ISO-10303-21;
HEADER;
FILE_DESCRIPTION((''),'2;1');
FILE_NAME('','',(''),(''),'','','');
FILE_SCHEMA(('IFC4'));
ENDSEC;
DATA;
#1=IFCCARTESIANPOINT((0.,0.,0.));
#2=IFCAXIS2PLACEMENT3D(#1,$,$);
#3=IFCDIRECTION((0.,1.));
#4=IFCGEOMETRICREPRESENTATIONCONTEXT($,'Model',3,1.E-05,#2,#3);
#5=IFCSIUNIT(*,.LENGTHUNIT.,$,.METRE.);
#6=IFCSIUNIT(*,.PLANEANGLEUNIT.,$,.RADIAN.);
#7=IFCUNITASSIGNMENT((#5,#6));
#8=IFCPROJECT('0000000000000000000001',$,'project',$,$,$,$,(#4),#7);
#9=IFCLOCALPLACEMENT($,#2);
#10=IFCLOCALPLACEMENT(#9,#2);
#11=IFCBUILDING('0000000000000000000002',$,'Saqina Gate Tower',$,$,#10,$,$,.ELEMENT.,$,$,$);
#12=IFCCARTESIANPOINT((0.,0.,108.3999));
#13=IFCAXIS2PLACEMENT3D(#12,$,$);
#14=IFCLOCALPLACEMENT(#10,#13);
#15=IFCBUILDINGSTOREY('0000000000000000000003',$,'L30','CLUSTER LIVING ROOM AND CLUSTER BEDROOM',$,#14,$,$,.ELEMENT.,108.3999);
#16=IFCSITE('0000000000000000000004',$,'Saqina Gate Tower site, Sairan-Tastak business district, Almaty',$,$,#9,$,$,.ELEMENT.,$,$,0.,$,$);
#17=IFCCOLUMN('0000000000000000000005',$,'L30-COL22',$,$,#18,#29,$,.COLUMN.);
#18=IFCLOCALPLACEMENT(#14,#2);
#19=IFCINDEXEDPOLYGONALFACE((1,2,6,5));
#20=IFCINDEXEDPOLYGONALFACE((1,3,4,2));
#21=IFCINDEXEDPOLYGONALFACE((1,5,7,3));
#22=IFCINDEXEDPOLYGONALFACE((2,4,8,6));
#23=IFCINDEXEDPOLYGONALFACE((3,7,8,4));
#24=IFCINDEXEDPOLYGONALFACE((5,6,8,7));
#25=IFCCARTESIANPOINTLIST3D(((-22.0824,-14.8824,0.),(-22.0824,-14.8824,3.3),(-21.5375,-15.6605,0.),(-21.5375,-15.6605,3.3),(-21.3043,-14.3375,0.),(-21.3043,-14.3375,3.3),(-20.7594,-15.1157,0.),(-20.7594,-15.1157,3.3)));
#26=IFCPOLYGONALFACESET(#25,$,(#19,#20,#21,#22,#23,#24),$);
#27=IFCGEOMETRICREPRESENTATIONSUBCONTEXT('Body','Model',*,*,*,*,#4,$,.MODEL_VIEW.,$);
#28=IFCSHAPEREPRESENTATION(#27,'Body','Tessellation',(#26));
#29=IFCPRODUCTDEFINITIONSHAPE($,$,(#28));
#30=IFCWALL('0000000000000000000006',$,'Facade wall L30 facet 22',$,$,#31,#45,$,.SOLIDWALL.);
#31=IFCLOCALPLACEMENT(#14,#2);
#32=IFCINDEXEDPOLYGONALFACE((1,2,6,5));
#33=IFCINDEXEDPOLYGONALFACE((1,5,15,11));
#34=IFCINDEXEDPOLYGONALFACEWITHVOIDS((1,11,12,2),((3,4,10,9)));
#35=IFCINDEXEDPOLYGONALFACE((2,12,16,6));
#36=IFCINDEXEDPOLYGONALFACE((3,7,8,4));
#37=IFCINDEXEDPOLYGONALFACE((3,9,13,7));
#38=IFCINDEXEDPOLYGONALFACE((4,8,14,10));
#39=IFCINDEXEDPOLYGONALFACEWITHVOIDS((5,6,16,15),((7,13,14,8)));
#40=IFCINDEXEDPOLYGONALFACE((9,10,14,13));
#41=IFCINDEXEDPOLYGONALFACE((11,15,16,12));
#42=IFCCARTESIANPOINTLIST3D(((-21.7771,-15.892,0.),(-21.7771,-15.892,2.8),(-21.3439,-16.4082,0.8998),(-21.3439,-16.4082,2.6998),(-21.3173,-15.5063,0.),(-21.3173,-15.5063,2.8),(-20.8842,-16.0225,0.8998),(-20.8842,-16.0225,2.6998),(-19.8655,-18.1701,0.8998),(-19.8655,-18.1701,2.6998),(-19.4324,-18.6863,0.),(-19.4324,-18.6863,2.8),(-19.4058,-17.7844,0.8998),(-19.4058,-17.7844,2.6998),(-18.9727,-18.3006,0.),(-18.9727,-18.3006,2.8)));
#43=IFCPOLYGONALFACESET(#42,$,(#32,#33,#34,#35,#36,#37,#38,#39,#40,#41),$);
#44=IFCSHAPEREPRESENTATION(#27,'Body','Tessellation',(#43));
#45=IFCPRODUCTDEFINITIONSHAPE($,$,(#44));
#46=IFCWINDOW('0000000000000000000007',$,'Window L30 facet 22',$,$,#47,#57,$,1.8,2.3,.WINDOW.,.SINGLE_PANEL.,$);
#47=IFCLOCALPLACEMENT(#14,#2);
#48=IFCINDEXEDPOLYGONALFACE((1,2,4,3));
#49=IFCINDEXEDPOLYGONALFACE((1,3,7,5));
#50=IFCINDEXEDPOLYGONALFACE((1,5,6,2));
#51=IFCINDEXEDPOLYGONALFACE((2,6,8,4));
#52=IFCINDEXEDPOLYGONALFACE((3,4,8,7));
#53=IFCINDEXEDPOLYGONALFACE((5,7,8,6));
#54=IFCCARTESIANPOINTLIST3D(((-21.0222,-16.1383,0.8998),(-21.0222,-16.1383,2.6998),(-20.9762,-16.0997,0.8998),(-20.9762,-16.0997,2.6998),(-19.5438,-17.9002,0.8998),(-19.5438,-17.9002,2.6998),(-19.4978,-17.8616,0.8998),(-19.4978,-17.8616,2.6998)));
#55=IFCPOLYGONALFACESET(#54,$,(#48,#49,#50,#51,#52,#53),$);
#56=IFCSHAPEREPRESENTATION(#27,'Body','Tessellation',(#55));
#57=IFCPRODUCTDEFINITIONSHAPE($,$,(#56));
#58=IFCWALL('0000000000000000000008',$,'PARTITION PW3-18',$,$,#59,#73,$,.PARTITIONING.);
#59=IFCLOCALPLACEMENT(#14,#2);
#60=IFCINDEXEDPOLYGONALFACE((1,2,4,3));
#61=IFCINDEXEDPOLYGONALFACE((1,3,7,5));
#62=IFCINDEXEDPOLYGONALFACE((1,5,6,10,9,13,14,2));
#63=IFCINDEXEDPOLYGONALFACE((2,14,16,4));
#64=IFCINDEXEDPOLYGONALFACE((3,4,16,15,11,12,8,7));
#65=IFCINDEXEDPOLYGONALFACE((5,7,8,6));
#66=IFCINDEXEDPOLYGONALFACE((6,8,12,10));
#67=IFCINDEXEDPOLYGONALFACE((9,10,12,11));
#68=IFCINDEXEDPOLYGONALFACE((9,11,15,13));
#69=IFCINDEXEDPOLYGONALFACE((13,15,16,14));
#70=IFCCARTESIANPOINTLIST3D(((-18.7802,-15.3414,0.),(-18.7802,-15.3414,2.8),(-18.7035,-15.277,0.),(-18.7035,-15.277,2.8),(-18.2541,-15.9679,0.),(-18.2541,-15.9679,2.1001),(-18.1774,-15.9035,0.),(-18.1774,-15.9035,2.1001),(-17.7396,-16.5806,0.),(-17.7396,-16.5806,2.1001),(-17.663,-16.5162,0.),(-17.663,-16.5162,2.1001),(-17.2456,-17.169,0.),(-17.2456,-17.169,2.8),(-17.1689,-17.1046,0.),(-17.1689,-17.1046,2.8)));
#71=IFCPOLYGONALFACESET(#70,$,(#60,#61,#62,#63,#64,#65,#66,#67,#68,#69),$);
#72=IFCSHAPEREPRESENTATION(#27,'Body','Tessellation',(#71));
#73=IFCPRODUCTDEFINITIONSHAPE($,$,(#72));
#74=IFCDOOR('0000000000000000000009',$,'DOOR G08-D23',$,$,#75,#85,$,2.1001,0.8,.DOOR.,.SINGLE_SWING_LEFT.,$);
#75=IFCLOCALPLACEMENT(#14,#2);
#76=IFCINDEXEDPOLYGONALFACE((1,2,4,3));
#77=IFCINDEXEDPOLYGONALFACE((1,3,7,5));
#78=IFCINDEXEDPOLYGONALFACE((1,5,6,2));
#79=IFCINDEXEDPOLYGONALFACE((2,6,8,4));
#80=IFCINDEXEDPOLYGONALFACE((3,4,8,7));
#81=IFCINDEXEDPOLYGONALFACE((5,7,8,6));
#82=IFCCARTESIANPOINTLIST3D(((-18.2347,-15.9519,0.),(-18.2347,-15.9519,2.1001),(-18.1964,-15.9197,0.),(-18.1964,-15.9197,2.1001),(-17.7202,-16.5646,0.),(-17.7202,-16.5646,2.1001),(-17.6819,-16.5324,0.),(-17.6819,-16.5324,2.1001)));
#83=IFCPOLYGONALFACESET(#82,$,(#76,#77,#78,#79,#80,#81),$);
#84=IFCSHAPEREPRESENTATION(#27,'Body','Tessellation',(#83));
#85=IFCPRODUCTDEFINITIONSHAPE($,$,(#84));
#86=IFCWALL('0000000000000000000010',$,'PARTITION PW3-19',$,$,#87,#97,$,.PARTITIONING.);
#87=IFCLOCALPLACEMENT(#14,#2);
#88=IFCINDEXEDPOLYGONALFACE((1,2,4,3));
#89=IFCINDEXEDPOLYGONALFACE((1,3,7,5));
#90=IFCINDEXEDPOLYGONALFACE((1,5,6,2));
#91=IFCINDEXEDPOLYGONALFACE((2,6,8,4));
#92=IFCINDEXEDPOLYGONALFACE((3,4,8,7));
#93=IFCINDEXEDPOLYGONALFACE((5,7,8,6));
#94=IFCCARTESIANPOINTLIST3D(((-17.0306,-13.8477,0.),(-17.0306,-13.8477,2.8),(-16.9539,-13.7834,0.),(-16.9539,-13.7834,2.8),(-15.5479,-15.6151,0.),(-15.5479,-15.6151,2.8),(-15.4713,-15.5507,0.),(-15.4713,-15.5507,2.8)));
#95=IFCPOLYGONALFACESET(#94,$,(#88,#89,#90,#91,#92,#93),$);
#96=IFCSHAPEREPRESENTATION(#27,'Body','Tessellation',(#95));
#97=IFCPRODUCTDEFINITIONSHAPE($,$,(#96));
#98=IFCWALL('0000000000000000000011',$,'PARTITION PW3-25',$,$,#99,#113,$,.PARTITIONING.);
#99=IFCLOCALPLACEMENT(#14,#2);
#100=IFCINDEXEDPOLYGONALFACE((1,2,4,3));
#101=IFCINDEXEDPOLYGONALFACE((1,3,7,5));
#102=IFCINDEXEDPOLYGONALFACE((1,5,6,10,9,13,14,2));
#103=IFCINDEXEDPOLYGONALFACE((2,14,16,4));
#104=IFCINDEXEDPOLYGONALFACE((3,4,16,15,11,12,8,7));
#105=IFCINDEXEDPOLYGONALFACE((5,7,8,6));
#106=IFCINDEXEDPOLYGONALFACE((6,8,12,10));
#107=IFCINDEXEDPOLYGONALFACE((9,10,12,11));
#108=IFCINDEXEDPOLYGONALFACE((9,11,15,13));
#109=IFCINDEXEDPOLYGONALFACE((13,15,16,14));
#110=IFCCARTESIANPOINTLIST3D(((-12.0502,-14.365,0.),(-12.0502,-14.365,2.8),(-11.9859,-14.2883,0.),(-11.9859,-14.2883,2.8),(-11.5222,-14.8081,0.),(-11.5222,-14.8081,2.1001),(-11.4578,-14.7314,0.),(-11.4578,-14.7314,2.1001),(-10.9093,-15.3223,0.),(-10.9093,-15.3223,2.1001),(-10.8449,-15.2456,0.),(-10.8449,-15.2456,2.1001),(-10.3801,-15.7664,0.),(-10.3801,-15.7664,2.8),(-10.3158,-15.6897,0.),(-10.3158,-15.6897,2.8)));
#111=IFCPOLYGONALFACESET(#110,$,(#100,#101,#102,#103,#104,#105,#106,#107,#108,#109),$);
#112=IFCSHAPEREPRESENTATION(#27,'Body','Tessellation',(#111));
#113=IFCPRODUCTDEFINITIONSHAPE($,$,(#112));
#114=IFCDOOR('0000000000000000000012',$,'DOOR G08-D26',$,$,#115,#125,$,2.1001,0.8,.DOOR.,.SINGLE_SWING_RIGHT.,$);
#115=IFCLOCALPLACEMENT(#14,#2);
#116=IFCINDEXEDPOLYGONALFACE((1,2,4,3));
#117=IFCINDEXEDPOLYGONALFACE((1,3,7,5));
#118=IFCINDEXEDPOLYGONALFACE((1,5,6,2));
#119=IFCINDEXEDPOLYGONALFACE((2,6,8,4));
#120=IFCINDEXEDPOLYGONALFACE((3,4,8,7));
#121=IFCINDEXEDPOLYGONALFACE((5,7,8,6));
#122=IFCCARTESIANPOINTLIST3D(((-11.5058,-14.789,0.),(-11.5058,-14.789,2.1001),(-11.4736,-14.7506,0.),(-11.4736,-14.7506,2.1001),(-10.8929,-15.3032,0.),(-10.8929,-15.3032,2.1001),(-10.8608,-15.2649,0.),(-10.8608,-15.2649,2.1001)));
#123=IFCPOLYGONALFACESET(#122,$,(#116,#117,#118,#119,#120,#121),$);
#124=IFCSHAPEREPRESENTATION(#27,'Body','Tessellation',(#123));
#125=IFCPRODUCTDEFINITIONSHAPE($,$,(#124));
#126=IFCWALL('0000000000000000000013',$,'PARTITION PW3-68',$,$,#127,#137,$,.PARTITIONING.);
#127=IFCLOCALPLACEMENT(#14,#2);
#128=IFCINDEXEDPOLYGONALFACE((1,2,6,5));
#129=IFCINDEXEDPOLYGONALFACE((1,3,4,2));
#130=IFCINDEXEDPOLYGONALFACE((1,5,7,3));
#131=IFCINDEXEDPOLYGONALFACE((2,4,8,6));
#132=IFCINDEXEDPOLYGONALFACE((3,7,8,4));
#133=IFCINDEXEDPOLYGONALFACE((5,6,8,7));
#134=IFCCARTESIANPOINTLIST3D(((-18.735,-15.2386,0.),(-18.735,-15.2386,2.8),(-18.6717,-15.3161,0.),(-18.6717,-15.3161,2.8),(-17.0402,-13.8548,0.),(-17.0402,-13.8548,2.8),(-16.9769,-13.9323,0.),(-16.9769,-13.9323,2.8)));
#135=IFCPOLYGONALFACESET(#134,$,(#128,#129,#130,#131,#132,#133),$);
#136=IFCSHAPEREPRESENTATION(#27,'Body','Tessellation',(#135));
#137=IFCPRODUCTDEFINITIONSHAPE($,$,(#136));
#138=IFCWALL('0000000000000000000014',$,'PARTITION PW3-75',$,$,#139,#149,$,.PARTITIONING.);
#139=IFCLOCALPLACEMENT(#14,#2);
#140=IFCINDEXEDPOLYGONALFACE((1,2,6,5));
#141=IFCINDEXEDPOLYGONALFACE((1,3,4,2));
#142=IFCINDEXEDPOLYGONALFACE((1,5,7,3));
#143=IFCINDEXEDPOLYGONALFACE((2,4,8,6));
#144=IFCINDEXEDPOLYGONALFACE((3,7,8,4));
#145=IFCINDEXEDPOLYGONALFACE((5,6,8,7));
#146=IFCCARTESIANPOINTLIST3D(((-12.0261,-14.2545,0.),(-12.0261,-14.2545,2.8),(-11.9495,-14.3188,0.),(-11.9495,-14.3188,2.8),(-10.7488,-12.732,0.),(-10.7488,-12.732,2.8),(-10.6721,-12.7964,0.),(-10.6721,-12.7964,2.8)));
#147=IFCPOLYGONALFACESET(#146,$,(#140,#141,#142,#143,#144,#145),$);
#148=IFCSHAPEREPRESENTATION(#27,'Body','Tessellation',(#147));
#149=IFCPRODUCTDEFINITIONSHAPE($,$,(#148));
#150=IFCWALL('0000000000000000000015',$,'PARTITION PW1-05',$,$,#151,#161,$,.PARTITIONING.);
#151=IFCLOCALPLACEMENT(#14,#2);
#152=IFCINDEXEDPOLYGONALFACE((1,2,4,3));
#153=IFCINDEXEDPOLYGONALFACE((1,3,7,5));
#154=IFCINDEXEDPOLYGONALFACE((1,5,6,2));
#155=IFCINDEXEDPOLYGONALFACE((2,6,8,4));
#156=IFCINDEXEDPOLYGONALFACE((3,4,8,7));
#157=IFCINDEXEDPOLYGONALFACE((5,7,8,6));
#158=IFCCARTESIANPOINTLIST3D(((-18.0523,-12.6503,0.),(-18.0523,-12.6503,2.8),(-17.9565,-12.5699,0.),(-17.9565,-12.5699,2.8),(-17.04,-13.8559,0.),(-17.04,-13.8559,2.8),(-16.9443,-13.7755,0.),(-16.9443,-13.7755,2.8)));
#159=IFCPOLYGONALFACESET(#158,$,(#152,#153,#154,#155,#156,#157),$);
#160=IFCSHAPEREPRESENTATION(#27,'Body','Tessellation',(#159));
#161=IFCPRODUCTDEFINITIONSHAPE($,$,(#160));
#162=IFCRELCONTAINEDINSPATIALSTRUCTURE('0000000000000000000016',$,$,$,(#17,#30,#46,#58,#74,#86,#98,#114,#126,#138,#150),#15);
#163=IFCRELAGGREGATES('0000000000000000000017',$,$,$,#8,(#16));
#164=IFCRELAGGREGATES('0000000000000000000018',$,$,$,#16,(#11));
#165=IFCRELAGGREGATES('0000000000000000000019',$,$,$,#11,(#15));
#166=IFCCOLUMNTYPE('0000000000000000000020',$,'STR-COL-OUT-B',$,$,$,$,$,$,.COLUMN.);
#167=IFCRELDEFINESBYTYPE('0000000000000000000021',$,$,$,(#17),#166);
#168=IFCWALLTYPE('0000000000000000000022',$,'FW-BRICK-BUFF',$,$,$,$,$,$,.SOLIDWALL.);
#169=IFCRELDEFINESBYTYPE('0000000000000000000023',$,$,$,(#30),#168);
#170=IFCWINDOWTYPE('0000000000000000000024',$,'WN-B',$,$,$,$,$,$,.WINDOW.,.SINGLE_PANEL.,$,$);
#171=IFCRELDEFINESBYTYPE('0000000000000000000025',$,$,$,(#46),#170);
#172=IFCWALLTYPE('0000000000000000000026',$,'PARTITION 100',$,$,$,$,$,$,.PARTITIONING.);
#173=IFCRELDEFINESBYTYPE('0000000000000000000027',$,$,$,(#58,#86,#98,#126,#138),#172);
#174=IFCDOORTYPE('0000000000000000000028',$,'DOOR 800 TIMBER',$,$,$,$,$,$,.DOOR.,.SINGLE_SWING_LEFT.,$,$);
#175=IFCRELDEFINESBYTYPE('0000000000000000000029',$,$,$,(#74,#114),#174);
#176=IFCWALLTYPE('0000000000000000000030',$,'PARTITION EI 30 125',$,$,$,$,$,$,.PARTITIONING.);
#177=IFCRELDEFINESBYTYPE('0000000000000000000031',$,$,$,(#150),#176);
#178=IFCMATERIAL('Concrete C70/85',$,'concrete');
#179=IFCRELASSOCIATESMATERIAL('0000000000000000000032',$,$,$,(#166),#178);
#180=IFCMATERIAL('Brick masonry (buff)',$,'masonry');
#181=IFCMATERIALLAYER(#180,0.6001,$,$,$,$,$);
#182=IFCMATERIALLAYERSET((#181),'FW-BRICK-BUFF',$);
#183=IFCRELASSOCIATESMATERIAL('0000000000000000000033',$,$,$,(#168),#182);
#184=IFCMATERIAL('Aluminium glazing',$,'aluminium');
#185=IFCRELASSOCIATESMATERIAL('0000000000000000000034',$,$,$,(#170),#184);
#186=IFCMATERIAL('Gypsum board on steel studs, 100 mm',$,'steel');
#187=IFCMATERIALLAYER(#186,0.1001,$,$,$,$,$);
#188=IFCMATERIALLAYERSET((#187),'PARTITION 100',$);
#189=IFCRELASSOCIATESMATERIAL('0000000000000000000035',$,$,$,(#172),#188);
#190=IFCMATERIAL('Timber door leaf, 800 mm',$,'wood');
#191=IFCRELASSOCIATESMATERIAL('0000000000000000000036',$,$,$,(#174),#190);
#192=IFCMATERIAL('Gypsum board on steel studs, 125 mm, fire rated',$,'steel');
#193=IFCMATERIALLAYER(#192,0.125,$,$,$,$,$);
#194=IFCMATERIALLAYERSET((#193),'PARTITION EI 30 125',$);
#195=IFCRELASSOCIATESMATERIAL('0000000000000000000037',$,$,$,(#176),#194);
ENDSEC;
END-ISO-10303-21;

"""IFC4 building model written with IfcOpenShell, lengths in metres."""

from ifc_helpers import new_model, si_unit, direction, frame, frame_2d, origin, origin_2d, place, context, subcontext, project, spatial, rectangle, extrude, material, layer, layer_set, material_profile, profile_set, type_object, element, fill, save


model = new_model("IFC4")

# Units and contexts
model_context = context("Model", 3, precision=1e-05, world=origin(), true_north=direction((0.0, 1.0)))
body_context = subcontext(model_context, "Body", "Model", "MODEL_VIEW")
ifc_project = project(units=[si_unit("LENGTHUNIT", "METRE"), si_unit("PLANEANGLEUNIT", "RADIAN")], contexts=[model_context])

# Site, building, storey
site_placement = place(None, origin())
site = spatial("IfcSite", under=ifc_project, at=site_placement, Name="Saqina Gate Tower site, Sairan-Tastak business district, Almaty", CompositionType="ELEMENT", RefElevation=0.0)
building_placement = place(site_placement, origin())
building = spatial("IfcBuilding", under=site, at=building_placement, Name="Saqina Gate Tower", CompositionType="ELEMENT")
storey_placement = place(building_placement, frame((0.0, 0.0, 108.3999)))
storey = spatial("IfcBuildingStorey", under=building, at=storey_placement, Name="L30", Description="CLUSTER LIVING ROOM AND CLUSTER BEDROOM", CompositionType="ELEMENT", Elevation=108.3999)

# Column
ifc_material_1 = material(Name="Concrete C70/85", Category="concrete")
ifc_material_profile = material_profile(ifc_material_1, rectangle(XDim=0.95, YDim=0.95, at=origin_2d()), Name="RC 950x950")
ifc_profile_set = profile_set([ifc_material_profile], Name="Concrete C70/85")
column_type = type_object("IfcColumnType", Name="STR-COL-OUT-B", PredefinedType="COLUMN", material=ifc_profile_set)
column_placement = place(storey_placement, frame((-21.4209, -14.999, 0.0), z_axis=(0.0, 0.0, 1.0), x_axis=(-0.819152, -0.573576, 0.0)))
element("IfcColumn", 1, at=column_placement, inside=storey, type_object=column_type, Name="L30-COL22", PredefinedType="COLUMN", context=body_context, shape_type="SweptSolid", body=[
    extrude(rectangle(XDim=0.95, YDim=0.95, at=origin_2d()), origin(), (0.0, 0.0, 1.0), 3.3),
])

# Wall, opening, window
ifc_material_2 = material(Name="Brick masonry (buff)", Category="masonry")
ifc_layer_1 = layer(ifc_material_2, 0.6001)
ifc_layer_set_1 = layer_set([ifc_layer_1], Name="FW-BRICK-BUFF")
wall_type_1 = type_object("IfcWallType", Name="FW-BRICK-BUFF", PredefinedType="SOLIDWALL", material=ifc_layer_set_1)
wall_1_placement = place(storey_placement, frame((-21.5471, -15.6992, 0.0), z_axis=(0.0, 0.0, 1.0), x_axis=(0.642774, -0.766055, 0.0)))
wall_1 = element("IfcWall", 2, at=wall_1_placement, inside=storey, type_object=wall_type_1, Name="Facade wall L30 facet 22", PredefinedType="SOLIDWALL", context=body_context, shape_type="SweptSolid", body=[
    extrude(rectangle(XDim=3.6477, YDim=0.6001, at=frame_2d((1.8237, 0.0))), origin(), (0.0, 0.0, 1.0), 2.8),
])
opening_1_placement = place(wall_1_placement, frame((0.6738, 0.0, 0.8999)))
opening_1 = element("IfcOpeningElement", 3, at=opening_1_placement, cuts=wall_1, PredefinedType="OPENING", context=body_context, shape_type="SweptSolid", body=[
    extrude(rectangle(XDim=2.3, YDim=1.8, at=frame_2d((1.1499, 0.8999))), frame((0.0, 0.312, 0.0), z_axis=(0.0, -1.0, 0.0), x_axis=(1.0, 0.0, 0.0)), (0.0, 0.0, 1.0), 0.624),
])
ifc_material_3 = material(Name="Aluminium glazing", Category="aluminium")
window_type = type_object("IfcWindowType", Name="WN-B", PartitioningType="SINGLE_PANEL", PredefinedType="WINDOW", material=ifc_material_3)
window_placement = place(opening_1_placement, origin())
window = element("IfcWindow", 4, at=window_placement, inside=storey, type_object=window_type, Name="Window L30 facet 22", OverallHeight=1.8, OverallWidth=2.3, PartitioningType="SINGLE_PANEL", PredefinedType="WINDOW", context=body_context, shape_type="SweptSolid", body=[
    extrude(rectangle(XDim=2.3, YDim=1.8, at=frame_2d((1.1499, 0.8999))), frame((0.0, 0.1799, 0.0), z_axis=(0.0, -1.0, 0.0), x_axis=(1.0, 0.0, 0.0)), (0.0, 0.0, 1.0), 0.0601),
])
fill(opening_1, window)

# Wall, opening, door
ifc_material_4 = material(Name="Gypsum board on steel studs, 100 mm", Category="steel")
ifc_layer_2 = layer(ifc_material_4, 0.1001)
ifc_layer_set_2 = layer_set([ifc_layer_2], Name="PARTITION 100")
wall_type_2 = type_object("IfcWallType", Name="PARTITION 100", PredefinedType="PARTITIONING", material=ifc_layer_set_2)
wall_2_placement = place(storey_placement, frame((-18.7419, -15.3091, 0.0), z_axis=(0.0, 0.0, 1.0), x_axis=(0.643058, -0.765818, 0.0)))
wall_2 = element("IfcWall", 5, at=wall_2_placement, inside=storey, type_object=wall_type_2, Name="PARTITION PW3-18", PredefinedType="PARTITIONING", context=body_context, shape_type="SweptSolid", body=[
    extrude(rectangle(XDim=2.3865, YDim=0.1001, at=frame_2d((1.1934, 0.0))), origin(), (0.0, 0.0, 1.0), 2.8),
])
opening_2_placement = place(wall_2_placement, frame((0.8184, 0.0, 0.0)))
opening_2 = element("IfcOpeningElement", 6, at=opening_2_placement, cuts=wall_2, PredefinedType="OPENING", context=body_context, shape_type="SweptSolid", body=[
    extrude(rectangle(XDim=0.8, YDim=2.1001, at=frame_2d((0.3999, 1.05))), frame((0.0, 0.062, 0.0), z_axis=(0.0, -1.0, 0.0), x_axis=(1.0, 0.0, 0.0)), (0.0, 0.0, 1.0), 0.124),
])
ifc_material_5 = material(Name="Timber door leaf, 800 mm", Category="wood")
door_type_1 = type_object("IfcDoorType", Name="DOOR 800 TIMBER", OperationType="SINGLE_SWING_LEFT", PredefinedType="DOOR", material=ifc_material_5)
door_1_placement = place(opening_2_placement, frame((0.8, 0.0, 0.0), z_axis=(0.0, 0.0, 1.0), x_axis=(-1.0, 0.0, 0.0)))
door_1 = element("IfcDoor", 7, at=door_1_placement, inside=storey, type_object=door_type_1, Name="DOOR G08-D23", OperationType="SINGLE_SWING_LEFT", OverallHeight=2.1001, OverallWidth=0.8, PredefinedType="DOOR", context=body_context, shape_type="SweptSolid", body=[
    extrude(rectangle(XDim=0.8, YDim=2.1001, at=frame_2d((0.3999, 1.05))), frame((0.0, 0.0249, 0.0), z_axis=(0.0, -1.0, 0.0), x_axis=(1.0, 0.0, 0.0)), (0.0, 0.0, 1.0), 0.05),
])
fill(opening_2, door_1)

# Wall
wall_3_placement = place(storey_placement, frame((-16.9922, -13.8157, 0.0), z_axis=(0.0, 0.0, 1.0), x_axis=(0.64271, -0.766109, 0.0)))
element("IfcWall", 8, at=wall_3_placement, inside=storey, type_object=wall_type_2, Name="PARTITION PW3-19", PredefinedType="PARTITIONING", context=body_context, shape_type="SweptSolid", body=[
    extrude(rectangle(XDim=2.3069, YDim=0.1001, at=frame_2d((1.1533, 0.0))), origin(), (0.0, 0.0, 1.0), 2.8),
])

# Wall, opening, door
wall_4_placement = place(storey_placement, frame((-12.0181, -14.3267, 0.0), z_axis=(0.0, 0.0, 1.0), x_axis=(0.76606, -0.642769, 0.0)))
wall_4 = element("IfcWall", 9, at=wall_4_placement, inside=storey, type_object=wall_type_2, Name="PARTITION PW3-25", PredefinedType="PARTITIONING", context=body_context, shape_type="SweptSolid", body=[
    extrude(rectangle(XDim=2.1802, YDim=0.1001, at=frame_2d((1.0901, 0.0))), origin(), (0.0, 0.0, 1.0), 2.8),
])
opening_3_placement = place(wall_4_placement, frame((0.6895, 0.0, 0.0)))
opening_3 = element("IfcOpeningElement", 10, at=opening_3_placement, cuts=wall_4, PredefinedType="OPENING", context=body_context, shape_type="SweptSolid", body=[
    extrude(rectangle(XDim=0.8, YDim=2.1001, at=frame_2d((0.3999, 1.05))), frame((0.0, 0.062, 0.0), z_axis=(0.0, -1.0, 0.0), x_axis=(1.0, 0.0, 0.0)), (0.0, 0.0, 1.0), 0.124),
])
door_2_placement = place(opening_3_placement, frame((0.8, 0.0, 0.0), z_axis=(0.0, 0.0, 1.0), x_axis=(-1.0, 0.0, 0.0)))
door_2 = element("IfcDoor", 11, at=door_2_placement, inside=storey, type_object=door_type_1, Name="DOOR G08-D26", OperationType="SINGLE_SWING_RIGHT", OverallHeight=2.1001, OverallWidth=0.8, PredefinedType="DOOR", context=body_context, shape_type="SweptSolid", body=[
    extrude(rectangle(XDim=0.8, YDim=2.1001, at=frame_2d((0.3999, 1.05))), frame((0.0, 0.0249, 0.0), z_axis=(0.0, -1.0, 0.0), x_axis=(1.0, 0.0, 0.0)), (0.0, 0.0, 1.0), 0.05),
])
fill(opening_3, door_2)

# Walls
wall_5_placement = place(storey_placement, frame((-18.7034, -15.2773, 0.0), z_axis=(0.0, 0.0, 1.0), x_axis=(0.774603, 0.632448, 0.0)))
element("IfcWall", 12, at=wall_5_placement, inside=storey, type_object=wall_type_2, Name="PARTITION PW3-68", PredefinedType="PARTITIONING", context=body_context, shape_type="SweptSolid", body=[
    extrude(rectangle(XDim=2.188, YDim=0.1001, at=frame_2d((1.094, 0.0))), origin(), (0.0, 0.0, 1.0), 2.8),
])
wall_6_placement = place(storey_placement, frame((-11.9878, -14.2866, 0.0), z_axis=(0.0, 0.0, 1.0), x_axis=(0.642743, 0.766082, 0.0)))
element("IfcWall", 13, at=wall_6_placement, inside=storey, type_object=wall_type_2, Name="PARTITION PW3-75", PredefinedType="PARTITIONING", context=body_context, shape_type="SweptSolid", body=[
    extrude(rectangle(XDim=1.9873, YDim=0.1001, at=frame_2d((0.9937, 0.0))), origin(), (0.0, 0.0, 1.0), 2.8),
])
ifc_material_6 = material(Name="Gypsum board on steel studs, 125 mm, fire rated", Category="steel")
ifc_layer_3 = layer(ifc_material_6, 0.125)
ifc_layer_set_3 = layer_set([ifc_layer_3], Name="PARTITION EI 30 125")
wall_type_3 = type_object("IfcWallType", Name="PARTITION EI 30 125", PredefinedType="PARTITIONING", material=ifc_layer_set_3)
wall_7_placement = place(storey_placement, frame((-18.0044, -12.6101, 0.0), z_axis=(0.0, 0.0, 1.0), x_axis=(0.643017, -0.765851, 0.0)))
element("IfcWall", 14, at=wall_7_placement, inside=storey, type_object=wall_type_3, Name="PARTITION PW1-05", PredefinedType="PARTITIONING", context=body_context, shape_type="SweptSolid", body=[
    extrude(rectangle(XDim=1.5742, YDim=0.125, at=frame_2d((0.7871, 0.0))), origin(), (0.0, 0.0, 1.0), 2.8),
])

save(model, "model.ifc")
